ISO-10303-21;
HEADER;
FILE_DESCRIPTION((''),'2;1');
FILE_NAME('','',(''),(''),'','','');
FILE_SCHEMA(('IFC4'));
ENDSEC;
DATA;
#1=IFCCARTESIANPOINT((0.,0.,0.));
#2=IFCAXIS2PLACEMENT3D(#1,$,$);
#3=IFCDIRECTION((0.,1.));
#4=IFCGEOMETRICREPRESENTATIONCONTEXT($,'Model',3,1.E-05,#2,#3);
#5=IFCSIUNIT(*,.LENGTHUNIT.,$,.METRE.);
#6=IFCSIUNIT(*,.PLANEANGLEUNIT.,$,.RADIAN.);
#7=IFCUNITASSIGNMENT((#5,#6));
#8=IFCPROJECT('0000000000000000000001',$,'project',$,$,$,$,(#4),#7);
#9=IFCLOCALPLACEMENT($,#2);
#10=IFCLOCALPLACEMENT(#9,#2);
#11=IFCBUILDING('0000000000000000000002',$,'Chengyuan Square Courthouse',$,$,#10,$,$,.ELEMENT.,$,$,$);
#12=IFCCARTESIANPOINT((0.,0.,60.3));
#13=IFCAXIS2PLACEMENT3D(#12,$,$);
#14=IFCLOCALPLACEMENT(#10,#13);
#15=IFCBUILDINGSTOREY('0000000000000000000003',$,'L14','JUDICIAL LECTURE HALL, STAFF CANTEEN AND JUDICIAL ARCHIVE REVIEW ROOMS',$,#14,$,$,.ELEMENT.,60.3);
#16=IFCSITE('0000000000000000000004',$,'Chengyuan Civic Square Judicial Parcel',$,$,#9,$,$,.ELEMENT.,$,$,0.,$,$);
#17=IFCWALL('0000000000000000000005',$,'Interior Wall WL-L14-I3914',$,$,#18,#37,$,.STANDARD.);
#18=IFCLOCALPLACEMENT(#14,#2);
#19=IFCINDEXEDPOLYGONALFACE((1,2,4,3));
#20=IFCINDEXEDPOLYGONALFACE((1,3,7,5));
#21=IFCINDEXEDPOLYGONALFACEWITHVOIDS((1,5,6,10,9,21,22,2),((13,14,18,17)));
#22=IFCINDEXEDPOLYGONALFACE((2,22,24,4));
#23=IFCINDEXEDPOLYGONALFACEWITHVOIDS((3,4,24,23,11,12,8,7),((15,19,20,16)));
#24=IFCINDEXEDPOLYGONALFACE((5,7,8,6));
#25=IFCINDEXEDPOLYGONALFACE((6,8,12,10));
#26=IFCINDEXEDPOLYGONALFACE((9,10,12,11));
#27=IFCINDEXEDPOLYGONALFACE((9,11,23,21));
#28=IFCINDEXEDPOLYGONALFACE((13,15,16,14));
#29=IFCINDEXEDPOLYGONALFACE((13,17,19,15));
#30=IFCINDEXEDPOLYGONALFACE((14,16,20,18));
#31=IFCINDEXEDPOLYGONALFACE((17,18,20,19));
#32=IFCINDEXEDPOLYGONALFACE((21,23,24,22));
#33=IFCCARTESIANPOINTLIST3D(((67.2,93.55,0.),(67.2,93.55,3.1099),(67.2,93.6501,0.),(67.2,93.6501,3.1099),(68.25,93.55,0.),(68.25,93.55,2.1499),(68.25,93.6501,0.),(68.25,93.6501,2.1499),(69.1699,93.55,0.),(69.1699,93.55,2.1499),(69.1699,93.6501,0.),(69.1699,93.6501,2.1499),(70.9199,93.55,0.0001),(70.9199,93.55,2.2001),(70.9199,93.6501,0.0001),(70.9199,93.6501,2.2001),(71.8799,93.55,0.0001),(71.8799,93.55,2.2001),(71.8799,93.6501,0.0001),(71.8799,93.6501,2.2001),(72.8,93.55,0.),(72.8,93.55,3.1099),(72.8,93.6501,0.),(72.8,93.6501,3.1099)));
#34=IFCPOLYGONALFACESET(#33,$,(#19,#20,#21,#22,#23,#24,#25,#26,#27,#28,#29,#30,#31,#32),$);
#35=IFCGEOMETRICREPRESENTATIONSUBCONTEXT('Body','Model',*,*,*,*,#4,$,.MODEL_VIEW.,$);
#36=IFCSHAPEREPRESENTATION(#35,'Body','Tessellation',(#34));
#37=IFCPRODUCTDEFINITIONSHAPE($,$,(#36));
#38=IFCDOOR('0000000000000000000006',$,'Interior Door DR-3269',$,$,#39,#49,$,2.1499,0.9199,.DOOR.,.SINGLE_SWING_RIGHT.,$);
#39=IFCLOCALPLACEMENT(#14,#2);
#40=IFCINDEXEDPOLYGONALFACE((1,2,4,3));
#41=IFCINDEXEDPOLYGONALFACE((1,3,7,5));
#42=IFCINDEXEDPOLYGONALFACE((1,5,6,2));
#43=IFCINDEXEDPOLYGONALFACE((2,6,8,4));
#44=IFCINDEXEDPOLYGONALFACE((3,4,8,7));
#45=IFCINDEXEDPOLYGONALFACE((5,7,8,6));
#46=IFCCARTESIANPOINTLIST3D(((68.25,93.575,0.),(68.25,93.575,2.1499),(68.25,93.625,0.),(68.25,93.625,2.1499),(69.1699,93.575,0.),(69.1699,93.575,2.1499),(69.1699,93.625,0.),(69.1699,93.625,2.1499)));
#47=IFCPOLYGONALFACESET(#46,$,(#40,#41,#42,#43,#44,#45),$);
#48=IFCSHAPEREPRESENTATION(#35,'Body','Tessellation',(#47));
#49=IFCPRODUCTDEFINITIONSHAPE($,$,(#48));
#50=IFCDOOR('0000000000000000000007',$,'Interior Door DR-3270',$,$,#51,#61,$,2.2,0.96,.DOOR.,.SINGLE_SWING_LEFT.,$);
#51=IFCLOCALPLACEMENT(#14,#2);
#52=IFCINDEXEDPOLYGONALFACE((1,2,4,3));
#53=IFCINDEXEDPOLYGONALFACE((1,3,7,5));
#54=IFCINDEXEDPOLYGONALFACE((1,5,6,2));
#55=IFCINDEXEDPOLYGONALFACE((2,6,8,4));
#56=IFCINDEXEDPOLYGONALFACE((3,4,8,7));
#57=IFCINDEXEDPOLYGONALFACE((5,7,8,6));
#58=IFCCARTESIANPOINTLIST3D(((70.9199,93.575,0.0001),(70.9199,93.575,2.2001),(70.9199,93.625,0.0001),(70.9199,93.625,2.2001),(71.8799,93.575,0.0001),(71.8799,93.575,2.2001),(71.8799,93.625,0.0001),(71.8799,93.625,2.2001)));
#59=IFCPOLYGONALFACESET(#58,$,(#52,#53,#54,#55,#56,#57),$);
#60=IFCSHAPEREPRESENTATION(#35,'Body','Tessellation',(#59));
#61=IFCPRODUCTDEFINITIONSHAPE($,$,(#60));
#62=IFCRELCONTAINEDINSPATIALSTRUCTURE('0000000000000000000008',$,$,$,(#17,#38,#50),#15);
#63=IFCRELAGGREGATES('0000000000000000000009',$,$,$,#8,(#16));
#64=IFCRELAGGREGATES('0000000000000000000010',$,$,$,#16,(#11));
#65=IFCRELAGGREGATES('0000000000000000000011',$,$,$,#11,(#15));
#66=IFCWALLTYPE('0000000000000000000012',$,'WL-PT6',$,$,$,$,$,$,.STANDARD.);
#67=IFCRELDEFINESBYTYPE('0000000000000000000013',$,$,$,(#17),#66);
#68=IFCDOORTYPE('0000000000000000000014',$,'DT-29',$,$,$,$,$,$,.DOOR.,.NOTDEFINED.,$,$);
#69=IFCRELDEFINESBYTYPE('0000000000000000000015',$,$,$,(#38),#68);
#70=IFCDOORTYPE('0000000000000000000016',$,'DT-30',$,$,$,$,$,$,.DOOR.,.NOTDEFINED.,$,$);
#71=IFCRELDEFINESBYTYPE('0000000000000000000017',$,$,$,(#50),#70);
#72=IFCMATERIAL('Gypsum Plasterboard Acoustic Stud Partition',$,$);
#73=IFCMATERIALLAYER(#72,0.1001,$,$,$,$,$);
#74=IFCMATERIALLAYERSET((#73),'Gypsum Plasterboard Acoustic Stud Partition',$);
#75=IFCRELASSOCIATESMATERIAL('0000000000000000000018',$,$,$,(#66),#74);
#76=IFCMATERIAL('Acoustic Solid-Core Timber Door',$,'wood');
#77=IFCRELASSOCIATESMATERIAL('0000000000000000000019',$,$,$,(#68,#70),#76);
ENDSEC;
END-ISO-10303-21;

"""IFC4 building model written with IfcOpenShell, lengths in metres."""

from ifc_helpers import new_model, si_unit, direction, frame, frame_2d, origin, place, context, subcontext, project, spatial, rectangle, extrude, material, layer, layer_set, type_object, element, fill, save


model = new_model("IFC4")

# Units and contexts
model_context = context("Model", 3, precision=1e-05, world=origin(), true_north=direction((0.0, 1.0)))
body_context = subcontext(model_context, "Body", "Model", "MODEL_VIEW")
ifc_project = project(units=[si_unit("LENGTHUNIT", "METRE"), si_unit("PLANEANGLEUNIT", "RADIAN")], contexts=[model_context])

# Site, building, storey
site_placement = place(None, origin())
site = spatial("IfcSite", under=ifc_project, at=site_placement, Name="Chengyuan Civic Square Judicial Parcel", CompositionType="ELEMENT", RefElevation=0.0)
building_placement = place(site_placement, origin())
building = spatial("IfcBuilding", under=site, at=building_placement, Name="Chengyuan Square Courthouse", CompositionType="ELEMENT")
storey_placement = place(building_placement, frame((0.0, 0.0, 60.3)))
storey = spatial("IfcBuildingStorey", under=building, at=storey_placement, Name="L14", Description="JUDICIAL LECTURE HALL, STAFF CANTEEN AND JUDICIAL ARCHIVE REVIEW ROOMS", CompositionType="ELEMENT", Elevation=60.3)

# Wall, openings, doors
ifc_material_1 = material(Name="Gypsum Plasterboard Acoustic Stud Partition")
ifc_layer_1 = layer(ifc_material_1, 0.1001)
ifc_layer_set_1 = layer_set([ifc_layer_1], Name="Gypsum Plasterboard Acoustic Stud Partition")
wall_type_1 = type_object("IfcWallType", Name="WL-PT6", PredefinedType="STANDARD", material=ifc_layer_set_1)
wall_1_placement = place(storey_placement, frame((67.2, 93.6001, 0.0), z_axis=(0.0, 0.0, 1.0), x_axis=(1.0, 0.0, 0.0)))
wall_1 = element("IfcWall", 1, at=wall_1_placement, inside=storey, type_object=wall_type_1, Name="Interior Wall WL-L14-I3914", PredefinedType="STANDARD", context=body_context, shape_type="SweptSolid", body=[
    extrude(rectangle(XDim=5.6001, YDim=0.1001, at=frame_2d((2.8, 0.0))), origin(), (0.0, 0.0, 1.0), 3.1099),
])
opening_1_placement = place(wall_1_placement, frame((1.05, 0.0, 0.0)))
opening_1 = element("IfcOpeningElement", 2, at=opening_1_placement, cuts=wall_1, PredefinedType="OPENING", context=body_context, shape_type="SweptSolid", body=[
    extrude(rectangle(XDim=0.9199, YDim=2.1499, at=frame_2d((0.46, 1.075))), frame((0.0, 0.062, 0.0), z_axis=(0.0, -1.0, 0.0), x_axis=(1.0, 0.0, 0.0)), (0.0, 0.0, 1.0), 0.124),
])
opening_2_placement = place(wall_1_placement, frame((3.72, 0.0, 0.0)))
opening_2 = element("IfcOpeningElement", 3, at=opening_2_placement, cuts=wall_1, PredefinedType="OPENING", context=body_context, shape_type="SweptSolid", body=[
    extrude(rectangle(XDim=0.96, YDim=2.2, at=frame_2d((0.48, 1.1001))), frame((0.0, 0.062, 0.0), z_axis=(0.0, -1.0, 0.0), x_axis=(1.0, 0.0, 0.0)), (0.0, 0.0, 1.0), 0.124),
])
ifc_material_2 = material(Name="Acoustic Solid-Core Timber Door", Category="wood")
door_type_1 = type_object("IfcDoorType", Name="DT-29", OperationType="NOTDEFINED", PredefinedType="DOOR", material=ifc_material_2)
door_1_placement = place(opening_1_placement, origin())
door_1 = element("IfcDoor", 4, at=door_1_placement, inside=storey, type_object=door_type_1, Name="Interior Door DR-3269", OperationType="SINGLE_SWING_RIGHT", OverallHeight=2.1499, OverallWidth=0.9199, PredefinedType="DOOR", context=body_context, shape_type="SweptSolid", body=[
    extrude(rectangle(XDim=0.9199, YDim=2.1499, at=frame_2d((0.46, 1.075))), frame((0.0, 0.0249, 0.0), z_axis=(0.0, -1.0, 0.0), x_axis=(1.0, 0.0, 0.0)), (0.0, 0.0, 1.0), 0.05),
])
fill(opening_1, door_1)
door_type_2 = type_object("IfcDoorType", Name="DT-30", OperationType="NOTDEFINED", PredefinedType="DOOR", material=ifc_material_2)
door_2_placement = place(opening_2_placement, origin())
door_2 = element("IfcDoor", 5, at=door_2_placement, inside=storey, type_object=door_type_2, Name="Interior Door DR-3270", OperationType="SINGLE_SWING_LEFT", OverallHeight=2.2, OverallWidth=0.96, PredefinedType="DOOR", context=body_context, shape_type="SweptSolid", body=[
    extrude(rectangle(XDim=0.96, YDim=2.2, at=frame_2d((0.48, 1.1001))), frame((0.0, 0.0249, 0.0), z_axis=(0.0, -1.0, 0.0), x_axis=(1.0, 0.0, 0.0)), (0.0, 0.0, 1.0), 0.05),
])
fill(opening_2, door_2)

save(model, "model.ifc")
